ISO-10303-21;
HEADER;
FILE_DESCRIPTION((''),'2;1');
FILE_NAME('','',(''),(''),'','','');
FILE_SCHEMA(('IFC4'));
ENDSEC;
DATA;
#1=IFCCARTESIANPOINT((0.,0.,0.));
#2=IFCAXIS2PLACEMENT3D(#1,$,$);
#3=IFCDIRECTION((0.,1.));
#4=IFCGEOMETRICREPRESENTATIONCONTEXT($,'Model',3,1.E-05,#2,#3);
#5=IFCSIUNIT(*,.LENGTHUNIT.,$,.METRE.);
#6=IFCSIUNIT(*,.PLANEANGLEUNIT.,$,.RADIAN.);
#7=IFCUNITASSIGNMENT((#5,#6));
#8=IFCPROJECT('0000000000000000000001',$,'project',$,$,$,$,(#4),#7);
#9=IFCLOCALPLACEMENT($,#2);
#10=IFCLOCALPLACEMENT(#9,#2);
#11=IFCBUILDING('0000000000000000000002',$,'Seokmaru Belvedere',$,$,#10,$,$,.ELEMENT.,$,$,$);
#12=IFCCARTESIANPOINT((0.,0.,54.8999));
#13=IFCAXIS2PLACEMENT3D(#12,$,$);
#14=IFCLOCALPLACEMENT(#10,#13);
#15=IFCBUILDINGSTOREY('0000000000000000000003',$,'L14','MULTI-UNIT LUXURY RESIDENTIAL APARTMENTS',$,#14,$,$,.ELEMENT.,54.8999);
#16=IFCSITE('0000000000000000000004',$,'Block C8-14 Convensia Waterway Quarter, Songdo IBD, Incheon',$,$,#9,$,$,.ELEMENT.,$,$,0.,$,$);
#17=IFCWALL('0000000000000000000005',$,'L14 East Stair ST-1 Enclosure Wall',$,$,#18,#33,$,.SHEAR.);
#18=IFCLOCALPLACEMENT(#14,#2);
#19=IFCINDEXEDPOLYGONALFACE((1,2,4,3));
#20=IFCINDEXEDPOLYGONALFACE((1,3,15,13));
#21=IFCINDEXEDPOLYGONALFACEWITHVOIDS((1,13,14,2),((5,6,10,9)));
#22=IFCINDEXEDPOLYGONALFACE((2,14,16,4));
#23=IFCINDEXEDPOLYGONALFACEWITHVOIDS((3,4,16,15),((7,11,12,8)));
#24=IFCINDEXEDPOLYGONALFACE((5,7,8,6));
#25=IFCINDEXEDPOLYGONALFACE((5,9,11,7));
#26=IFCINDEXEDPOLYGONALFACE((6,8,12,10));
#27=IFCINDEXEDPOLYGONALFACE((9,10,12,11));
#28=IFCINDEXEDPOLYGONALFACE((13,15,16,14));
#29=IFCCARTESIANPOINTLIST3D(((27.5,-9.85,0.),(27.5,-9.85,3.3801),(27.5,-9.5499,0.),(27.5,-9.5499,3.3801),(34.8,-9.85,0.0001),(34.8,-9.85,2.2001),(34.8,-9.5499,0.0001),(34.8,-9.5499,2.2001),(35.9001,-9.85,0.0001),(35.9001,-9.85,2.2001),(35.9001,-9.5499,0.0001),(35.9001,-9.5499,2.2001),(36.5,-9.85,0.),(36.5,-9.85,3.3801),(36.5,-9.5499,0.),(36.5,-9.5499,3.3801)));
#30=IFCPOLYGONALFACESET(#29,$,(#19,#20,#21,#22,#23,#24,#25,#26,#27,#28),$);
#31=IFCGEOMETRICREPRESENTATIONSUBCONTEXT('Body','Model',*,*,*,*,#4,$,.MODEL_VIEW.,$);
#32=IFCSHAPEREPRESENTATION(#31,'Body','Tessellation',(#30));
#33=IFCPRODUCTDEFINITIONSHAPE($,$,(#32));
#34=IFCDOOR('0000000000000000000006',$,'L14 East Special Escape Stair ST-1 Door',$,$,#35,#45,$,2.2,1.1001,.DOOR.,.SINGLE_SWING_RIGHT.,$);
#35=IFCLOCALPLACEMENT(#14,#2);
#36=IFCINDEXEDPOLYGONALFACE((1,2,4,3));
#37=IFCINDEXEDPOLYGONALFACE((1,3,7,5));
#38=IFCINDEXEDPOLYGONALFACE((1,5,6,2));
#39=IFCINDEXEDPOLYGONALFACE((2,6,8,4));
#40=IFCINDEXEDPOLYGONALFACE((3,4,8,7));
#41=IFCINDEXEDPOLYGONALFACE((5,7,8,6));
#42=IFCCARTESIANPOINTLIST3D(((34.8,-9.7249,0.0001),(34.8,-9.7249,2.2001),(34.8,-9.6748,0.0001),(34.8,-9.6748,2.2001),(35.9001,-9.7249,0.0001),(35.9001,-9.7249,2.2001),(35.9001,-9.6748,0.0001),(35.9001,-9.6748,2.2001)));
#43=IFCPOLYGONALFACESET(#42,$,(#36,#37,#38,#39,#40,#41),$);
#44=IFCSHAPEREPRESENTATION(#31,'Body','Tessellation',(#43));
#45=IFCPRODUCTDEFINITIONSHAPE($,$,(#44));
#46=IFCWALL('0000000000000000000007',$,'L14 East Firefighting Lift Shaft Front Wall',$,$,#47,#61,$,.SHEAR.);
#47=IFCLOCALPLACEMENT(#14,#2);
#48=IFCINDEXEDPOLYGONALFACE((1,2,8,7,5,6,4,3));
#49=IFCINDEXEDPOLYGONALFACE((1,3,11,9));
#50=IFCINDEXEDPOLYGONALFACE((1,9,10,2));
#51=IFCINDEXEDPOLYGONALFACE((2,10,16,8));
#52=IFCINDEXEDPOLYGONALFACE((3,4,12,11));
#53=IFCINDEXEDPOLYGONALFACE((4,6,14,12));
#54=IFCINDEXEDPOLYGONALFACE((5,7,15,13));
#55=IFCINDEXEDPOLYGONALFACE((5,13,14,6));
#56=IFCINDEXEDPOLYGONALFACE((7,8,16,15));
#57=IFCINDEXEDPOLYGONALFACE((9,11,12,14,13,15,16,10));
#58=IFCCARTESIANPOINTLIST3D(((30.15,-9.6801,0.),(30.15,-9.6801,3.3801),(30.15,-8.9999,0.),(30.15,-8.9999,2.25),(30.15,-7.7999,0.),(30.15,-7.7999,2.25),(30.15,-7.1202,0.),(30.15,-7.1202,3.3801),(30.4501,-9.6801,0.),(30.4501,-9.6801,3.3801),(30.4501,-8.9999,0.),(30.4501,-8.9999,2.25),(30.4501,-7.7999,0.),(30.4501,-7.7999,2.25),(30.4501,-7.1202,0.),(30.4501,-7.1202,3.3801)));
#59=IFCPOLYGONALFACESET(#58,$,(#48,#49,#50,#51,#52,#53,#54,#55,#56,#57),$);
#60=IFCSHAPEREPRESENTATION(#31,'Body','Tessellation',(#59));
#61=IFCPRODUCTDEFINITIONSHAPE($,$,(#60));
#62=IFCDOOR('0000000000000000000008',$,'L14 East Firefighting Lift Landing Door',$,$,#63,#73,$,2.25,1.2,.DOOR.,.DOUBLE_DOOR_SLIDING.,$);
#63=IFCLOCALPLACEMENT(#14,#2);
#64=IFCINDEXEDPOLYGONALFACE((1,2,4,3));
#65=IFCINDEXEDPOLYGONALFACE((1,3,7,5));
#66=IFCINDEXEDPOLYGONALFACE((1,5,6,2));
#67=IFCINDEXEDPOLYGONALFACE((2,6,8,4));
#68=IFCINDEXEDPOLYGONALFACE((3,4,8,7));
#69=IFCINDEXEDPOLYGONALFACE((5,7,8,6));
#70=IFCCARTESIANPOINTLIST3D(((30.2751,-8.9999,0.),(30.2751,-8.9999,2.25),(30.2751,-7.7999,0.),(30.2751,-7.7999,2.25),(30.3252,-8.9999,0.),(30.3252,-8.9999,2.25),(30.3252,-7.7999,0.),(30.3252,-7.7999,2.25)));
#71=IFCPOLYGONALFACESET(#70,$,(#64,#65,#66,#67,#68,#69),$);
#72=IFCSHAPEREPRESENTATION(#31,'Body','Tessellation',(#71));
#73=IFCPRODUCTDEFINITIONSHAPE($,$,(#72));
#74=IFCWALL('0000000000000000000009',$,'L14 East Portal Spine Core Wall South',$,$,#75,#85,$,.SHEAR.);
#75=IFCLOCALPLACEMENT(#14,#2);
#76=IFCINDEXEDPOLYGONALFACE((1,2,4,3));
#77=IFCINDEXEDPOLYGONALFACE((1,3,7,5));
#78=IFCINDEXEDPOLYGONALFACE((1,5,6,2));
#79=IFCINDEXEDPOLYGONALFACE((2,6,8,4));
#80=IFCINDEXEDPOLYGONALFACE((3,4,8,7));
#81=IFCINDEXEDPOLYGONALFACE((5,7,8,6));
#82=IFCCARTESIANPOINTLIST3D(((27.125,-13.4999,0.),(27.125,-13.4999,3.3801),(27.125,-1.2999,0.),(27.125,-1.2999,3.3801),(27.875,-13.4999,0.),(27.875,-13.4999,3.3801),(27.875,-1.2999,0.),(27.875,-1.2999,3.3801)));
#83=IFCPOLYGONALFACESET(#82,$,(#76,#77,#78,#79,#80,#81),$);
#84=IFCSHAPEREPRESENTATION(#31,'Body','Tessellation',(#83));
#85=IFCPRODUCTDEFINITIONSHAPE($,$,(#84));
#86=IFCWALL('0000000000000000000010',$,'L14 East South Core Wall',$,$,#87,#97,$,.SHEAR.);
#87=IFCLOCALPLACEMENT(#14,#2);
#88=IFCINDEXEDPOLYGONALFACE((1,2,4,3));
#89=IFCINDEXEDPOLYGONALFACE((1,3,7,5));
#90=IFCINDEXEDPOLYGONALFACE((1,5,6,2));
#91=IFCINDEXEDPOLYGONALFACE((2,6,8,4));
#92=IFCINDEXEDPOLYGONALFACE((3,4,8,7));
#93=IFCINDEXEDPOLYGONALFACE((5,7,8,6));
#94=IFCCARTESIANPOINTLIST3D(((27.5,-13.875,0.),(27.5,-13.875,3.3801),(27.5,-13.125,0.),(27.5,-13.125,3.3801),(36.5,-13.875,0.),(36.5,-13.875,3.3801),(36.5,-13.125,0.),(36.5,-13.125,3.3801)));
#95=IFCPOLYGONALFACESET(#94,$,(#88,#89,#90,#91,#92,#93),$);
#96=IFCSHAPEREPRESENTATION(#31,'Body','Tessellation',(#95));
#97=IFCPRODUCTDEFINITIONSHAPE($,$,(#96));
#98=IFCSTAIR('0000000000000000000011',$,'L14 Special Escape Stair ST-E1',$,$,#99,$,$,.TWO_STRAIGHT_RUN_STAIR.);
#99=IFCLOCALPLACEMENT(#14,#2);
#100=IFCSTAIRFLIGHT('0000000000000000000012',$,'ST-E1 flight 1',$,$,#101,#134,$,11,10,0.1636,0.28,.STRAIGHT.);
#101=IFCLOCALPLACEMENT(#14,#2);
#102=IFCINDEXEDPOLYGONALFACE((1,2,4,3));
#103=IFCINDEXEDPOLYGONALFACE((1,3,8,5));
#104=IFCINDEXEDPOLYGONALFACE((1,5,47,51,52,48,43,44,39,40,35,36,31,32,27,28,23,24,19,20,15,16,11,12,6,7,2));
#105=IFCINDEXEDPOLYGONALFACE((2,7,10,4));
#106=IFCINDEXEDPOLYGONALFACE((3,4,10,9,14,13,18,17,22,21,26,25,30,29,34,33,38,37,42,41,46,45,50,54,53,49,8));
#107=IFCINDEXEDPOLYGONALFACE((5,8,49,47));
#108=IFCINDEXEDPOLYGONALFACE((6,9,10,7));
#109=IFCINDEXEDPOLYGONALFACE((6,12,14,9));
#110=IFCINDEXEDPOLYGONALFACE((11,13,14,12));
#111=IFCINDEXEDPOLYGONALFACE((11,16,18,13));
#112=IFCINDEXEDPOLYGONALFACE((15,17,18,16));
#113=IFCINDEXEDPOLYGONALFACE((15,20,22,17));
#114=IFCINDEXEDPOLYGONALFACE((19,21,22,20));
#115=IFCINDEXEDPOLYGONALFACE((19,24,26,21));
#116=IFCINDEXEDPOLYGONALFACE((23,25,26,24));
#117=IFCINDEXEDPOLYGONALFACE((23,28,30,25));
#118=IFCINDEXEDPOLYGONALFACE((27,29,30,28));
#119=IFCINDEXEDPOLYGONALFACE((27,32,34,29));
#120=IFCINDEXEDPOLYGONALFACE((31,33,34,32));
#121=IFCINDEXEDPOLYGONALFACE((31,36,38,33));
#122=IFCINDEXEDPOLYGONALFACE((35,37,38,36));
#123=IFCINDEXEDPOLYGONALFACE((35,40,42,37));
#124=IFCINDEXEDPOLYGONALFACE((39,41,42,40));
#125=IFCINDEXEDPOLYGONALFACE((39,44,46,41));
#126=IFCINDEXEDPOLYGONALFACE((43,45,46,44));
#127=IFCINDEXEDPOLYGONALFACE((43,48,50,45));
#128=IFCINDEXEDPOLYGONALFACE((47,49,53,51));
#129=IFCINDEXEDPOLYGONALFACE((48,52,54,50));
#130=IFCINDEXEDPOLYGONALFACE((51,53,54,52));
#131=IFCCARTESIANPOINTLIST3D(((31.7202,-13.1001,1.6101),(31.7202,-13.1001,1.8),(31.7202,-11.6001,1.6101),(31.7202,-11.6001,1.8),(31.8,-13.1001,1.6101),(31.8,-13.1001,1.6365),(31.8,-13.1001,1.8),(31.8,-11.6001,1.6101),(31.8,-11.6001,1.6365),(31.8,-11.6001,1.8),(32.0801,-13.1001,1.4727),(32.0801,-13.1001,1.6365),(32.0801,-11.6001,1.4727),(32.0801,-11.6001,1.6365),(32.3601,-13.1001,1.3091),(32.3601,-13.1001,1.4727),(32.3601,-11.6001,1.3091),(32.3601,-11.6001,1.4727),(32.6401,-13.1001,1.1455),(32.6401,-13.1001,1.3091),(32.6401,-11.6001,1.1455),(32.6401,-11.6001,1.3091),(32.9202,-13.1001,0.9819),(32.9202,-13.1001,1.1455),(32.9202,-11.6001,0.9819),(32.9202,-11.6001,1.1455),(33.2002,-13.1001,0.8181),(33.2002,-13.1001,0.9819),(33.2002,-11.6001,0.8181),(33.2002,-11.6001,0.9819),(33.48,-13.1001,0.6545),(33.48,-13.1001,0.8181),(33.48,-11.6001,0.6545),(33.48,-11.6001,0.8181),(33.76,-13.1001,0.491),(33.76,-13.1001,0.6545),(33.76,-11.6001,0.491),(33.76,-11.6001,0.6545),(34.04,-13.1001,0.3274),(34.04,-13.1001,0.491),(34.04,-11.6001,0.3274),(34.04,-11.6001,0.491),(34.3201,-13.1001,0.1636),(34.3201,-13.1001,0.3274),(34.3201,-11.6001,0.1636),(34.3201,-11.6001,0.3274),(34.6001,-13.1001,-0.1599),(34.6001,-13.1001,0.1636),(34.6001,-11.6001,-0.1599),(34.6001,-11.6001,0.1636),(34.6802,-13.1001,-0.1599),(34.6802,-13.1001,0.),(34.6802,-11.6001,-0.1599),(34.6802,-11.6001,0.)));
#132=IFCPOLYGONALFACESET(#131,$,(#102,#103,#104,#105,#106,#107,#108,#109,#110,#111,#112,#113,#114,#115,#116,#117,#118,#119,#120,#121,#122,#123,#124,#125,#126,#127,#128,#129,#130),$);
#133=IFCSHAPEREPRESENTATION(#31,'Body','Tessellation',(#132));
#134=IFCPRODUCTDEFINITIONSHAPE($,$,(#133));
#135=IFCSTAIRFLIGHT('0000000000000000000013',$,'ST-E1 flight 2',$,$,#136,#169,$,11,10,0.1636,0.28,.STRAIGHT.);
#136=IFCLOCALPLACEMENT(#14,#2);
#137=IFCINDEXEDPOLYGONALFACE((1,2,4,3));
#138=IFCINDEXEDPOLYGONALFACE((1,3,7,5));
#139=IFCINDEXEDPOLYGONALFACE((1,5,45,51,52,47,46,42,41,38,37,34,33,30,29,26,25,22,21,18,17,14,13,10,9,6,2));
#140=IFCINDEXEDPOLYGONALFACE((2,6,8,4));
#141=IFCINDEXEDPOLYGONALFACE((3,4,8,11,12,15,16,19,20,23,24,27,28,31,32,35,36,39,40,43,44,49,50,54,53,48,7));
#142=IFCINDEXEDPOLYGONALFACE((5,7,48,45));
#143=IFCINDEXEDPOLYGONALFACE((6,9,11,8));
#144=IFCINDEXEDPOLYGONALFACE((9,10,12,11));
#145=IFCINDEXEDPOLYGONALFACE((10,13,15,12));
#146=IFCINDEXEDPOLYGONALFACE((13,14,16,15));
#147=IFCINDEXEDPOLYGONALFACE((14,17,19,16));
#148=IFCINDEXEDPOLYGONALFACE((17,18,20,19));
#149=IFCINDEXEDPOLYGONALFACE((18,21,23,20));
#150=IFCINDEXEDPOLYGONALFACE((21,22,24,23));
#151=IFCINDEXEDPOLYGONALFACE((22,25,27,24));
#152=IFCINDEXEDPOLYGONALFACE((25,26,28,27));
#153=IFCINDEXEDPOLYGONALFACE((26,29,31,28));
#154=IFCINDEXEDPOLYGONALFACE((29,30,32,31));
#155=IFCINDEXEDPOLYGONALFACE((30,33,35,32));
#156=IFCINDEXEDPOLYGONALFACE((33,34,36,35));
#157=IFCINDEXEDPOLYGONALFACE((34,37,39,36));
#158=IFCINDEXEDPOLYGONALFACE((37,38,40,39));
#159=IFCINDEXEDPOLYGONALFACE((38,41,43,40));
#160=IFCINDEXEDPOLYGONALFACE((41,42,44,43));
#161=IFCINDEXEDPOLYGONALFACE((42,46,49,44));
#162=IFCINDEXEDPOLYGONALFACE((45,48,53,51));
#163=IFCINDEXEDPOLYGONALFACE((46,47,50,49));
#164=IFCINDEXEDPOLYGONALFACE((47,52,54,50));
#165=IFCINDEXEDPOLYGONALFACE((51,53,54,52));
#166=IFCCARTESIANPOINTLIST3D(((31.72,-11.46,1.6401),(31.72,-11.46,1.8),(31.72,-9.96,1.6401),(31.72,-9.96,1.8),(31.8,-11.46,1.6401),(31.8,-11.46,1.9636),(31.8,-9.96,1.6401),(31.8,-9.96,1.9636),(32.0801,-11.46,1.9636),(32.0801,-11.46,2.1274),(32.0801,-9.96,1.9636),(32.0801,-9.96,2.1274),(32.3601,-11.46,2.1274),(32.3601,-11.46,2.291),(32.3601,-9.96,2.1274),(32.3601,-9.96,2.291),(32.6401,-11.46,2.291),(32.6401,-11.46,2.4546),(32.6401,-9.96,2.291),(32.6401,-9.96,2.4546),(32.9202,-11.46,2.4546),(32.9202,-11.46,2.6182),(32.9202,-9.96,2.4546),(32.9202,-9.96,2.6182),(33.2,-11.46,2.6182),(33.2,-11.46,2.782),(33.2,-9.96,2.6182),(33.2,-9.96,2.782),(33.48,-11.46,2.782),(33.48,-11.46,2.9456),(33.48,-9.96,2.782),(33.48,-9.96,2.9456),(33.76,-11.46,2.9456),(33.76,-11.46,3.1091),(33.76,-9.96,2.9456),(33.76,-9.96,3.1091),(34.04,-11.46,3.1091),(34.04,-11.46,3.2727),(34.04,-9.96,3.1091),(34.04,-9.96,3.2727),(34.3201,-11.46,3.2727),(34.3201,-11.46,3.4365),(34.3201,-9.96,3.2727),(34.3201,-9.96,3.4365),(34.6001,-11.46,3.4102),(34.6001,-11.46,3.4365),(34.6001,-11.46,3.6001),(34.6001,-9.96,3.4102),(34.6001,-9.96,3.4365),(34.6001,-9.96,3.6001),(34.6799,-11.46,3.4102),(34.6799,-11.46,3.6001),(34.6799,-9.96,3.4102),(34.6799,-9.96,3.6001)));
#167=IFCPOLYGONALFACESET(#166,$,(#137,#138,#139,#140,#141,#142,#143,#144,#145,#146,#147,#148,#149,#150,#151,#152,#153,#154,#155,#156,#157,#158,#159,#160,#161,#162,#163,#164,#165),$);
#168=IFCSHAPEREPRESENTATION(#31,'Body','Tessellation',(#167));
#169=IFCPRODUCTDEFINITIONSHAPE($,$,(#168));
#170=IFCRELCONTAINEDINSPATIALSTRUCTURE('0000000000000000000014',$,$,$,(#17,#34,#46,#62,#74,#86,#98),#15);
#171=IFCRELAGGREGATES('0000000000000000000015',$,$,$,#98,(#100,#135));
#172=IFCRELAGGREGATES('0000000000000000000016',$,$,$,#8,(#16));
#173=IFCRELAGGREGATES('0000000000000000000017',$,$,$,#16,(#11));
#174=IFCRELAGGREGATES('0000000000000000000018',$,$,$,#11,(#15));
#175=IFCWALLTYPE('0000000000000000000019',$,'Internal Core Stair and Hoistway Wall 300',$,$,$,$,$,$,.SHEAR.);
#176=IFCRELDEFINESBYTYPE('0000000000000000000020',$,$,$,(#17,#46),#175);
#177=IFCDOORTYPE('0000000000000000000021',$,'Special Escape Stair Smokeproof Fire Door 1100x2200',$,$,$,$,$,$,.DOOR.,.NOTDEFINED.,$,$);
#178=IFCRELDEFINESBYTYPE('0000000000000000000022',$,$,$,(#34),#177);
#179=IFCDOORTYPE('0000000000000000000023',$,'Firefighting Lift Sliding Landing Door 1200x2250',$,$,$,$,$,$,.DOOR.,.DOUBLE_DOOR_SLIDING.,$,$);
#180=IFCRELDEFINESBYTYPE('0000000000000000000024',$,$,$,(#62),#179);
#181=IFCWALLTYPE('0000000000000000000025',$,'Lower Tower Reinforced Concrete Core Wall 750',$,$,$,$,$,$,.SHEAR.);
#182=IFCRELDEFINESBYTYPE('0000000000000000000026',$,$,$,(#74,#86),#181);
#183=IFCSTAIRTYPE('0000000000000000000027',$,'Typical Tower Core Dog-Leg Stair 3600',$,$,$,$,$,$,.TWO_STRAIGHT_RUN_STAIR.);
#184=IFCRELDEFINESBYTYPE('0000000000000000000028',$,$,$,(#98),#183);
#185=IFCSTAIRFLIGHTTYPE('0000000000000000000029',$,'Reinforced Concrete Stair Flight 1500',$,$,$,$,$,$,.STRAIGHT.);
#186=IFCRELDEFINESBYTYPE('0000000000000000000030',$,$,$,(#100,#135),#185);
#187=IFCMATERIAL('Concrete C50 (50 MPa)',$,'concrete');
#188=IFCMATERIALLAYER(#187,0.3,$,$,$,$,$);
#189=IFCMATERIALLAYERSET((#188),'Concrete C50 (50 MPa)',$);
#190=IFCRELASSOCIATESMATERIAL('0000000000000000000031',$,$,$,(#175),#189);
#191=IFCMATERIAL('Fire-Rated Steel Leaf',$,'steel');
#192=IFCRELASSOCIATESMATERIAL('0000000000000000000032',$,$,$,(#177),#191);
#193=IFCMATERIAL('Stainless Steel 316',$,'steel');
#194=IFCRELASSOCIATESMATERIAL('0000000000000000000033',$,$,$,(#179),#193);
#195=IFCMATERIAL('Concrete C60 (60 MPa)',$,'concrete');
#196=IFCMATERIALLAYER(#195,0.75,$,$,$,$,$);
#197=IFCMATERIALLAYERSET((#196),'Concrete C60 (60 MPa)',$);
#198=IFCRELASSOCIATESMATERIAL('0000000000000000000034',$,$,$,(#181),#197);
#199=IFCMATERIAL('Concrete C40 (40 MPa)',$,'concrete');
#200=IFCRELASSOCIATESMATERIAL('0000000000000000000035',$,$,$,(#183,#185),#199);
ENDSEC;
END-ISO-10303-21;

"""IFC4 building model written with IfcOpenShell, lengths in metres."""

from ifc_helpers import new_model, si_unit, direction, frame, frame_2d, origin, place, context, subcontext, project, spatial, polyline, rectangle, outline, extrude, source, transform, mapped, material, layer, layer_set, type_object, type_shapes, element, fill, aggregate, save


model = new_model("IFC4")

# Units and contexts
model_context = context("Model", 3, precision=1e-05, world=origin(), true_north=direction((0.0, 1.0)))
body_context = subcontext(model_context, "Body", "Model", "MODEL_VIEW")
ifc_project = project(units=[si_unit("LENGTHUNIT", "METRE"), si_unit("PLANEANGLEUNIT", "RADIAN")], contexts=[model_context])

# Site, building, storey
site_placement = place(None, origin())
site = spatial("IfcSite", under=ifc_project, at=site_placement, Name="Block C8-14 Convensia Waterway Quarter, Songdo IBD, Incheon", CompositionType="ELEMENT", RefElevation=0.0)
building_placement = place(site_placement, origin())
building = spatial("IfcBuilding", under=site, at=building_placement, Name="Seokmaru Belvedere", CompositionType="ELEMENT")
storey_placement = place(building_placement, frame((0.0, 0.0, 54.8999)))
storey = spatial("IfcBuildingStorey", under=building, at=storey_placement, Name="L14", Description="MULTI-UNIT LUXURY RESIDENTIAL APARTMENTS", CompositionType="ELEMENT", Elevation=54.8999)

# Walls, openings, doors
ifc_material_1 = material(Name="Concrete C50 (50 MPa)", Category="concrete")
ifc_layer_1 = layer(ifc_material_1, 0.3)
ifc_layer_set_1 = layer_set([ifc_layer_1], Name="Concrete C50 (50 MPa)")
wall_type_1 = type_object("IfcWallType", Name="Internal Core Stair and Hoistway Wall 300", PredefinedType="SHEAR", material=ifc_layer_set_1)
wall_1_placement = place(storey_placement, frame((27.5, -9.7, 0.0), z_axis=(0.0, 0.0, 1.0), x_axis=(1.0, 0.0, 0.0)))
wall_1 = element("IfcWall", 1, at=wall_1_placement, inside=storey, type_object=wall_type_1, Name="L14 East Stair ST-1 Enclosure Wall", PredefinedType="SHEAR", context=body_context, shape_type="SweptSolid", body=[
    extrude(rectangle(XDim=9.0, YDim=0.3, at=frame_2d((4.5, 0.0))), origin(), (0.0, 0.0, 1.0), 3.3801),
])
opening_1_placement = place(wall_1_placement, frame((7.3, 0.0, 0.0)))
opening_1 = element("IfcOpeningElement", 2, at=opening_1_placement, cuts=wall_1, PredefinedType="OPENING", context=body_context, shape_type="SweptSolid", body=[
    extrude(rectangle(XDim=1.1001, YDim=2.2, at=frame_2d((0.55, 1.1001))), frame((0.0, 0.1602, 0.0), z_axis=(0.0, -1.0, 0.0), x_axis=(1.0, 0.0, 0.0)), (0.0, 0.0, 1.0), 0.3201),
])
ifc_material_2 = material(Name="Fire-Rated Steel Leaf", Category="steel")
door_type_1 = type_object("IfcDoorType", Name="Special Escape Stair Smokeproof Fire Door 1100x2200", OperationType="NOTDEFINED", PredefinedType="DOOR", material=ifc_material_2)
shared_shape_1 = source(origin(), body_context, "Body", "SweptSolid", [
    extrude(rectangle(XDim=1.1001, YDim=2.2, at=frame_2d((0.55, 1.1001))), frame((0.0, 0.0249, 0.0), z_axis=(0.0, -1.0, 0.0), x_axis=(1.0, 0.0, 0.0)), (0.0, 0.0, 1.0), 0.05),
])
type_shapes(door_type_1, [shared_shape_1])
door_1_placement = place(opening_1_placement, frame((1.1001, 0.0, 0.0), z_axis=(0.0, 0.0, 1.0), x_axis=(-1.0, 0.0, 0.0)))
door_1 = element("IfcDoor", 3, at=door_1_placement, inside=storey, type_object=door_type_1, Name="L14 East Special Escape Stair ST-1 Door", OperationType="SINGLE_SWING_RIGHT", OverallHeight=2.2, OverallWidth=1.1001, PredefinedType="DOOR", context=body_context, shape_type="MappedRepresentation", body=[
    mapped(shared_shape_1, transform((0.0, 0.0, 0.0), scale=1.0)),
])
fill(opening_1, door_1)
wall_2_placement = place(storey_placement, frame((30.3, -9.6799, 0.0), z_axis=(0.0, 0.0, 1.0), x_axis=(0.0, 1.0, 0.0)))
wall_2 = element("IfcWall", 4, at=wall_2_placement, inside=storey, type_object=wall_type_1, Name="L14 East Firefighting Lift Shaft Front Wall", PredefinedType="SHEAR", context=body_context, shape_type="SweptSolid", body=[
    extrude(rectangle(XDim=2.5598, YDim=0.3, at=frame_2d((1.2798, 0.0))), origin(), (0.0, 0.0, 1.0), 3.3801),
])
opening_2_placement = place(wall_2_placement, frame((0.6799, 0.0, 0.0)))
opening_2 = element("IfcOpeningElement", 5, at=opening_2_placement, cuts=wall_2, PredefinedType="OPENING", context=body_context, shape_type="SweptSolid", body=[
    extrude(rectangle(XDim=1.2, YDim=2.25, at=frame_2d((0.6001, 1.125))), frame((0.0, 0.1602, 0.0), z_axis=(0.0, -1.0, 0.0), x_axis=(1.0, 0.0, 0.0)), (0.0, 0.0, 1.0), 0.3201),
])
ifc_material_3 = material(Name="Stainless Steel 316", Category="steel")
door_type_2 = type_object("IfcDoorType", Name="Firefighting Lift Sliding Landing Door 1200x2250", OperationType="DOUBLE_DOOR_SLIDING", PredefinedType="DOOR", material=ifc_material_3)
shared_shape_2 = source(origin(), body_context, "Body", "SweptSolid", [
    extrude(rectangle(XDim=1.2, YDim=2.25, at=frame_2d((0.6001, 1.125))), frame((0.0, 0.0249, 0.0), z_axis=(0.0, -1.0, 0.0), x_axis=(1.0, 0.0, 0.0)), (0.0, 0.0, 1.0), 0.05),
])
type_shapes(door_type_2, [shared_shape_2])
door_2_placement = place(opening_2_placement, origin())
door_2 = element("IfcDoor", 6, at=door_2_placement, inside=storey, type_object=door_type_2, Name="L14 East Firefighting Lift Landing Door", OperationType="DOUBLE_DOOR_SLIDING", OverallHeight=2.25, OverallWidth=1.2, PredefinedType="DOOR", context=body_context, shape_type="MappedRepresentation", body=[
    mapped(shared_shape_2, transform((0.0, 0.0, 0.0), scale=1.0)),
])
fill(opening_2, door_2)

# Walls
ifc_material_4 = material(Name="Concrete C60 (60 MPa)", Category="concrete")
ifc_layer_2 = layer(ifc_material_4, 0.75)
ifc_layer_set_2 = layer_set([ifc_layer_2], Name="Concrete C60 (60 MPa)")
wall_type_2 = type_object("IfcWallType", Name="Lower Tower Reinforced Concrete Core Wall 750", PredefinedType="SHEAR", material=ifc_layer_set_2)
wall_3_placement = place(storey_placement, frame((27.5, -13.5, 0.0), z_axis=(0.0, 0.0, 1.0), x_axis=(0.0, 1.0, 0.0)))
element("IfcWall", 7, at=wall_3_placement, inside=storey, type_object=wall_type_2, Name="L14 East Portal Spine Core Wall South", PredefinedType="SHEAR", context=body_context, shape_type="SweptSolid", body=[
    extrude(rectangle(XDim=12.2, YDim=0.75, at=frame_2d((6.1001, 0.0))), origin(), (0.0, 0.0, 1.0), 3.3801),
])
wall_4_placement = place(storey_placement, frame((27.5, -13.5, 0.0), z_axis=(0.0, 0.0, 1.0), x_axis=(1.0, 0.0, 0.0)))
element("IfcWall", 8, at=wall_4_placement, inside=storey, type_object=wall_type_2, Name="L14 East South Core Wall", PredefinedType="SHEAR", context=body_context, shape_type="SweptSolid", body=[
    extrude(rectangle(XDim=9.0, YDim=0.75, at=frame_2d((4.5, 0.0))), origin(), (0.0, 0.0, 1.0), 3.3801),
])

# Stair, stair flights
ifc_material_5 = material(Name="Concrete C40 (40 MPa)", Category="concrete")
stair_type = type_object("IfcStairType", Name="Typical Tower Core Dog-Leg Stair 3600", PredefinedType="TWO_STRAIGHT_RUN_STAIR", material=ifc_material_5)
stair_placement = place(storey_placement, origin())
stair = element("IfcStair", 9, at=stair_placement, inside=storey, type_object=stair_type, Name="L14 Special Escape Stair ST-E1", PredefinedType="TWO_STRAIGHT_RUN_STAIR")
stair_flight_type = type_object("IfcStairFlightType", Name="Reinforced Concrete Stair Flight 1500", PredefinedType="STRAIGHT", material=ifc_material_5)
stair_flight_1_placement = place(storey_placement, frame((34.6001, -12.3501, 0.0), z_axis=(0.0, 0.0, 1.0), x_axis=(-1.0, 0.0, 0.0)))
stair_flight_1 = element("IfcStairFlight", 10, at=stair_flight_1_placement, type_object=stair_flight_type, Name="ST-E1 flight 1", NumberOfRisers=11, NumberOfTreads=10, PredefinedType="STRAIGHT", RiserHeight=0.1636, TreadLength=0.28, context=body_context, shape_type="SweptSolid", body=[
    extrude(outline(polyline([(-0.0801, 0.0), (0.0, 0.1636), (0.28, 0.1636), (0.28, 0.3274), (0.5601, 0.3274), (0.5601, 0.491), (0.8401, 0.491), (0.8401, 0.6545), (1.1201, 0.6545), (1.1201, 0.8181), (1.3999, 0.8181), (1.3999, 0.9819), (1.6799, 0.9819), (1.6799, 1.1455), (1.96, 1.1455), (1.96, 1.3091), (2.24, 1.3091), (2.24, 1.4727), (2.52, 1.4727), (2.52, 1.6365), (2.8, 1.6365), (2.8, 1.8), (2.8799, 1.8), (2.8799, 1.6101), (2.8, 1.6101), (0.0, -0.1599), (-0.0801, -0.1599), (-0.0801, 0.0)])), frame((0.0, 0.75, 0.0), z_axis=(0.0, -1.0, 0.0), x_axis=(1.0, 0.0, 0.0)), (0.0, 0.0, 1.0), 1.5),
])
stair_flight_2_placement = place(storey_placement, frame((31.8, -10.71, 1.8), z_axis=(0.0, 0.0, 1.0), x_axis=(1.0, 0.0, 0.0)))
stair_flight_2 = element("IfcStairFlight", 11, at=stair_flight_2_placement, type_object=stair_flight_type, Name="ST-E1 flight 2", NumberOfRisers=11, NumberOfTreads=10, PredefinedType="STRAIGHT", RiserHeight=0.1636, TreadLength=0.28, context=body_context, shape_type="SweptSolid", body=[
    extrude(outline(polyline([(-0.0801, 0.0), (0.0, 0.1636), (0.28, 0.1636), (0.28, 0.3274), (0.5601, 0.3274), (0.5601, 0.491), (0.8401, 0.491), (0.8401, 0.6545), (1.1201, 0.6545), (1.1201, 0.8181), (1.3999, 0.8181), (1.3999, 0.9819), (1.6799, 0.9819), (1.6799, 1.1455), (1.96, 1.1455), (1.96, 1.3091), (2.24, 1.3091), (2.24, 1.4727), (2.52, 1.4727), (2.52, 1.6365), (2.8, 1.6365), (2.8, 1.8), (2.8799, 1.8), (2.8799, 1.6101), (2.8, 1.6101), (0.0, -0.1599), (-0.0801, -0.1599), (-0.0801, 0.0)])), frame((0.0, 0.75, 0.0), z_axis=(0.0, -1.0, 0.0), x_axis=(1.0, 0.0, 0.0)), (0.0, 0.0, 1.0), 1.5),
])
aggregate(stair, [stair_flight_1, stair_flight_2])

save(model, "model.ifc")
